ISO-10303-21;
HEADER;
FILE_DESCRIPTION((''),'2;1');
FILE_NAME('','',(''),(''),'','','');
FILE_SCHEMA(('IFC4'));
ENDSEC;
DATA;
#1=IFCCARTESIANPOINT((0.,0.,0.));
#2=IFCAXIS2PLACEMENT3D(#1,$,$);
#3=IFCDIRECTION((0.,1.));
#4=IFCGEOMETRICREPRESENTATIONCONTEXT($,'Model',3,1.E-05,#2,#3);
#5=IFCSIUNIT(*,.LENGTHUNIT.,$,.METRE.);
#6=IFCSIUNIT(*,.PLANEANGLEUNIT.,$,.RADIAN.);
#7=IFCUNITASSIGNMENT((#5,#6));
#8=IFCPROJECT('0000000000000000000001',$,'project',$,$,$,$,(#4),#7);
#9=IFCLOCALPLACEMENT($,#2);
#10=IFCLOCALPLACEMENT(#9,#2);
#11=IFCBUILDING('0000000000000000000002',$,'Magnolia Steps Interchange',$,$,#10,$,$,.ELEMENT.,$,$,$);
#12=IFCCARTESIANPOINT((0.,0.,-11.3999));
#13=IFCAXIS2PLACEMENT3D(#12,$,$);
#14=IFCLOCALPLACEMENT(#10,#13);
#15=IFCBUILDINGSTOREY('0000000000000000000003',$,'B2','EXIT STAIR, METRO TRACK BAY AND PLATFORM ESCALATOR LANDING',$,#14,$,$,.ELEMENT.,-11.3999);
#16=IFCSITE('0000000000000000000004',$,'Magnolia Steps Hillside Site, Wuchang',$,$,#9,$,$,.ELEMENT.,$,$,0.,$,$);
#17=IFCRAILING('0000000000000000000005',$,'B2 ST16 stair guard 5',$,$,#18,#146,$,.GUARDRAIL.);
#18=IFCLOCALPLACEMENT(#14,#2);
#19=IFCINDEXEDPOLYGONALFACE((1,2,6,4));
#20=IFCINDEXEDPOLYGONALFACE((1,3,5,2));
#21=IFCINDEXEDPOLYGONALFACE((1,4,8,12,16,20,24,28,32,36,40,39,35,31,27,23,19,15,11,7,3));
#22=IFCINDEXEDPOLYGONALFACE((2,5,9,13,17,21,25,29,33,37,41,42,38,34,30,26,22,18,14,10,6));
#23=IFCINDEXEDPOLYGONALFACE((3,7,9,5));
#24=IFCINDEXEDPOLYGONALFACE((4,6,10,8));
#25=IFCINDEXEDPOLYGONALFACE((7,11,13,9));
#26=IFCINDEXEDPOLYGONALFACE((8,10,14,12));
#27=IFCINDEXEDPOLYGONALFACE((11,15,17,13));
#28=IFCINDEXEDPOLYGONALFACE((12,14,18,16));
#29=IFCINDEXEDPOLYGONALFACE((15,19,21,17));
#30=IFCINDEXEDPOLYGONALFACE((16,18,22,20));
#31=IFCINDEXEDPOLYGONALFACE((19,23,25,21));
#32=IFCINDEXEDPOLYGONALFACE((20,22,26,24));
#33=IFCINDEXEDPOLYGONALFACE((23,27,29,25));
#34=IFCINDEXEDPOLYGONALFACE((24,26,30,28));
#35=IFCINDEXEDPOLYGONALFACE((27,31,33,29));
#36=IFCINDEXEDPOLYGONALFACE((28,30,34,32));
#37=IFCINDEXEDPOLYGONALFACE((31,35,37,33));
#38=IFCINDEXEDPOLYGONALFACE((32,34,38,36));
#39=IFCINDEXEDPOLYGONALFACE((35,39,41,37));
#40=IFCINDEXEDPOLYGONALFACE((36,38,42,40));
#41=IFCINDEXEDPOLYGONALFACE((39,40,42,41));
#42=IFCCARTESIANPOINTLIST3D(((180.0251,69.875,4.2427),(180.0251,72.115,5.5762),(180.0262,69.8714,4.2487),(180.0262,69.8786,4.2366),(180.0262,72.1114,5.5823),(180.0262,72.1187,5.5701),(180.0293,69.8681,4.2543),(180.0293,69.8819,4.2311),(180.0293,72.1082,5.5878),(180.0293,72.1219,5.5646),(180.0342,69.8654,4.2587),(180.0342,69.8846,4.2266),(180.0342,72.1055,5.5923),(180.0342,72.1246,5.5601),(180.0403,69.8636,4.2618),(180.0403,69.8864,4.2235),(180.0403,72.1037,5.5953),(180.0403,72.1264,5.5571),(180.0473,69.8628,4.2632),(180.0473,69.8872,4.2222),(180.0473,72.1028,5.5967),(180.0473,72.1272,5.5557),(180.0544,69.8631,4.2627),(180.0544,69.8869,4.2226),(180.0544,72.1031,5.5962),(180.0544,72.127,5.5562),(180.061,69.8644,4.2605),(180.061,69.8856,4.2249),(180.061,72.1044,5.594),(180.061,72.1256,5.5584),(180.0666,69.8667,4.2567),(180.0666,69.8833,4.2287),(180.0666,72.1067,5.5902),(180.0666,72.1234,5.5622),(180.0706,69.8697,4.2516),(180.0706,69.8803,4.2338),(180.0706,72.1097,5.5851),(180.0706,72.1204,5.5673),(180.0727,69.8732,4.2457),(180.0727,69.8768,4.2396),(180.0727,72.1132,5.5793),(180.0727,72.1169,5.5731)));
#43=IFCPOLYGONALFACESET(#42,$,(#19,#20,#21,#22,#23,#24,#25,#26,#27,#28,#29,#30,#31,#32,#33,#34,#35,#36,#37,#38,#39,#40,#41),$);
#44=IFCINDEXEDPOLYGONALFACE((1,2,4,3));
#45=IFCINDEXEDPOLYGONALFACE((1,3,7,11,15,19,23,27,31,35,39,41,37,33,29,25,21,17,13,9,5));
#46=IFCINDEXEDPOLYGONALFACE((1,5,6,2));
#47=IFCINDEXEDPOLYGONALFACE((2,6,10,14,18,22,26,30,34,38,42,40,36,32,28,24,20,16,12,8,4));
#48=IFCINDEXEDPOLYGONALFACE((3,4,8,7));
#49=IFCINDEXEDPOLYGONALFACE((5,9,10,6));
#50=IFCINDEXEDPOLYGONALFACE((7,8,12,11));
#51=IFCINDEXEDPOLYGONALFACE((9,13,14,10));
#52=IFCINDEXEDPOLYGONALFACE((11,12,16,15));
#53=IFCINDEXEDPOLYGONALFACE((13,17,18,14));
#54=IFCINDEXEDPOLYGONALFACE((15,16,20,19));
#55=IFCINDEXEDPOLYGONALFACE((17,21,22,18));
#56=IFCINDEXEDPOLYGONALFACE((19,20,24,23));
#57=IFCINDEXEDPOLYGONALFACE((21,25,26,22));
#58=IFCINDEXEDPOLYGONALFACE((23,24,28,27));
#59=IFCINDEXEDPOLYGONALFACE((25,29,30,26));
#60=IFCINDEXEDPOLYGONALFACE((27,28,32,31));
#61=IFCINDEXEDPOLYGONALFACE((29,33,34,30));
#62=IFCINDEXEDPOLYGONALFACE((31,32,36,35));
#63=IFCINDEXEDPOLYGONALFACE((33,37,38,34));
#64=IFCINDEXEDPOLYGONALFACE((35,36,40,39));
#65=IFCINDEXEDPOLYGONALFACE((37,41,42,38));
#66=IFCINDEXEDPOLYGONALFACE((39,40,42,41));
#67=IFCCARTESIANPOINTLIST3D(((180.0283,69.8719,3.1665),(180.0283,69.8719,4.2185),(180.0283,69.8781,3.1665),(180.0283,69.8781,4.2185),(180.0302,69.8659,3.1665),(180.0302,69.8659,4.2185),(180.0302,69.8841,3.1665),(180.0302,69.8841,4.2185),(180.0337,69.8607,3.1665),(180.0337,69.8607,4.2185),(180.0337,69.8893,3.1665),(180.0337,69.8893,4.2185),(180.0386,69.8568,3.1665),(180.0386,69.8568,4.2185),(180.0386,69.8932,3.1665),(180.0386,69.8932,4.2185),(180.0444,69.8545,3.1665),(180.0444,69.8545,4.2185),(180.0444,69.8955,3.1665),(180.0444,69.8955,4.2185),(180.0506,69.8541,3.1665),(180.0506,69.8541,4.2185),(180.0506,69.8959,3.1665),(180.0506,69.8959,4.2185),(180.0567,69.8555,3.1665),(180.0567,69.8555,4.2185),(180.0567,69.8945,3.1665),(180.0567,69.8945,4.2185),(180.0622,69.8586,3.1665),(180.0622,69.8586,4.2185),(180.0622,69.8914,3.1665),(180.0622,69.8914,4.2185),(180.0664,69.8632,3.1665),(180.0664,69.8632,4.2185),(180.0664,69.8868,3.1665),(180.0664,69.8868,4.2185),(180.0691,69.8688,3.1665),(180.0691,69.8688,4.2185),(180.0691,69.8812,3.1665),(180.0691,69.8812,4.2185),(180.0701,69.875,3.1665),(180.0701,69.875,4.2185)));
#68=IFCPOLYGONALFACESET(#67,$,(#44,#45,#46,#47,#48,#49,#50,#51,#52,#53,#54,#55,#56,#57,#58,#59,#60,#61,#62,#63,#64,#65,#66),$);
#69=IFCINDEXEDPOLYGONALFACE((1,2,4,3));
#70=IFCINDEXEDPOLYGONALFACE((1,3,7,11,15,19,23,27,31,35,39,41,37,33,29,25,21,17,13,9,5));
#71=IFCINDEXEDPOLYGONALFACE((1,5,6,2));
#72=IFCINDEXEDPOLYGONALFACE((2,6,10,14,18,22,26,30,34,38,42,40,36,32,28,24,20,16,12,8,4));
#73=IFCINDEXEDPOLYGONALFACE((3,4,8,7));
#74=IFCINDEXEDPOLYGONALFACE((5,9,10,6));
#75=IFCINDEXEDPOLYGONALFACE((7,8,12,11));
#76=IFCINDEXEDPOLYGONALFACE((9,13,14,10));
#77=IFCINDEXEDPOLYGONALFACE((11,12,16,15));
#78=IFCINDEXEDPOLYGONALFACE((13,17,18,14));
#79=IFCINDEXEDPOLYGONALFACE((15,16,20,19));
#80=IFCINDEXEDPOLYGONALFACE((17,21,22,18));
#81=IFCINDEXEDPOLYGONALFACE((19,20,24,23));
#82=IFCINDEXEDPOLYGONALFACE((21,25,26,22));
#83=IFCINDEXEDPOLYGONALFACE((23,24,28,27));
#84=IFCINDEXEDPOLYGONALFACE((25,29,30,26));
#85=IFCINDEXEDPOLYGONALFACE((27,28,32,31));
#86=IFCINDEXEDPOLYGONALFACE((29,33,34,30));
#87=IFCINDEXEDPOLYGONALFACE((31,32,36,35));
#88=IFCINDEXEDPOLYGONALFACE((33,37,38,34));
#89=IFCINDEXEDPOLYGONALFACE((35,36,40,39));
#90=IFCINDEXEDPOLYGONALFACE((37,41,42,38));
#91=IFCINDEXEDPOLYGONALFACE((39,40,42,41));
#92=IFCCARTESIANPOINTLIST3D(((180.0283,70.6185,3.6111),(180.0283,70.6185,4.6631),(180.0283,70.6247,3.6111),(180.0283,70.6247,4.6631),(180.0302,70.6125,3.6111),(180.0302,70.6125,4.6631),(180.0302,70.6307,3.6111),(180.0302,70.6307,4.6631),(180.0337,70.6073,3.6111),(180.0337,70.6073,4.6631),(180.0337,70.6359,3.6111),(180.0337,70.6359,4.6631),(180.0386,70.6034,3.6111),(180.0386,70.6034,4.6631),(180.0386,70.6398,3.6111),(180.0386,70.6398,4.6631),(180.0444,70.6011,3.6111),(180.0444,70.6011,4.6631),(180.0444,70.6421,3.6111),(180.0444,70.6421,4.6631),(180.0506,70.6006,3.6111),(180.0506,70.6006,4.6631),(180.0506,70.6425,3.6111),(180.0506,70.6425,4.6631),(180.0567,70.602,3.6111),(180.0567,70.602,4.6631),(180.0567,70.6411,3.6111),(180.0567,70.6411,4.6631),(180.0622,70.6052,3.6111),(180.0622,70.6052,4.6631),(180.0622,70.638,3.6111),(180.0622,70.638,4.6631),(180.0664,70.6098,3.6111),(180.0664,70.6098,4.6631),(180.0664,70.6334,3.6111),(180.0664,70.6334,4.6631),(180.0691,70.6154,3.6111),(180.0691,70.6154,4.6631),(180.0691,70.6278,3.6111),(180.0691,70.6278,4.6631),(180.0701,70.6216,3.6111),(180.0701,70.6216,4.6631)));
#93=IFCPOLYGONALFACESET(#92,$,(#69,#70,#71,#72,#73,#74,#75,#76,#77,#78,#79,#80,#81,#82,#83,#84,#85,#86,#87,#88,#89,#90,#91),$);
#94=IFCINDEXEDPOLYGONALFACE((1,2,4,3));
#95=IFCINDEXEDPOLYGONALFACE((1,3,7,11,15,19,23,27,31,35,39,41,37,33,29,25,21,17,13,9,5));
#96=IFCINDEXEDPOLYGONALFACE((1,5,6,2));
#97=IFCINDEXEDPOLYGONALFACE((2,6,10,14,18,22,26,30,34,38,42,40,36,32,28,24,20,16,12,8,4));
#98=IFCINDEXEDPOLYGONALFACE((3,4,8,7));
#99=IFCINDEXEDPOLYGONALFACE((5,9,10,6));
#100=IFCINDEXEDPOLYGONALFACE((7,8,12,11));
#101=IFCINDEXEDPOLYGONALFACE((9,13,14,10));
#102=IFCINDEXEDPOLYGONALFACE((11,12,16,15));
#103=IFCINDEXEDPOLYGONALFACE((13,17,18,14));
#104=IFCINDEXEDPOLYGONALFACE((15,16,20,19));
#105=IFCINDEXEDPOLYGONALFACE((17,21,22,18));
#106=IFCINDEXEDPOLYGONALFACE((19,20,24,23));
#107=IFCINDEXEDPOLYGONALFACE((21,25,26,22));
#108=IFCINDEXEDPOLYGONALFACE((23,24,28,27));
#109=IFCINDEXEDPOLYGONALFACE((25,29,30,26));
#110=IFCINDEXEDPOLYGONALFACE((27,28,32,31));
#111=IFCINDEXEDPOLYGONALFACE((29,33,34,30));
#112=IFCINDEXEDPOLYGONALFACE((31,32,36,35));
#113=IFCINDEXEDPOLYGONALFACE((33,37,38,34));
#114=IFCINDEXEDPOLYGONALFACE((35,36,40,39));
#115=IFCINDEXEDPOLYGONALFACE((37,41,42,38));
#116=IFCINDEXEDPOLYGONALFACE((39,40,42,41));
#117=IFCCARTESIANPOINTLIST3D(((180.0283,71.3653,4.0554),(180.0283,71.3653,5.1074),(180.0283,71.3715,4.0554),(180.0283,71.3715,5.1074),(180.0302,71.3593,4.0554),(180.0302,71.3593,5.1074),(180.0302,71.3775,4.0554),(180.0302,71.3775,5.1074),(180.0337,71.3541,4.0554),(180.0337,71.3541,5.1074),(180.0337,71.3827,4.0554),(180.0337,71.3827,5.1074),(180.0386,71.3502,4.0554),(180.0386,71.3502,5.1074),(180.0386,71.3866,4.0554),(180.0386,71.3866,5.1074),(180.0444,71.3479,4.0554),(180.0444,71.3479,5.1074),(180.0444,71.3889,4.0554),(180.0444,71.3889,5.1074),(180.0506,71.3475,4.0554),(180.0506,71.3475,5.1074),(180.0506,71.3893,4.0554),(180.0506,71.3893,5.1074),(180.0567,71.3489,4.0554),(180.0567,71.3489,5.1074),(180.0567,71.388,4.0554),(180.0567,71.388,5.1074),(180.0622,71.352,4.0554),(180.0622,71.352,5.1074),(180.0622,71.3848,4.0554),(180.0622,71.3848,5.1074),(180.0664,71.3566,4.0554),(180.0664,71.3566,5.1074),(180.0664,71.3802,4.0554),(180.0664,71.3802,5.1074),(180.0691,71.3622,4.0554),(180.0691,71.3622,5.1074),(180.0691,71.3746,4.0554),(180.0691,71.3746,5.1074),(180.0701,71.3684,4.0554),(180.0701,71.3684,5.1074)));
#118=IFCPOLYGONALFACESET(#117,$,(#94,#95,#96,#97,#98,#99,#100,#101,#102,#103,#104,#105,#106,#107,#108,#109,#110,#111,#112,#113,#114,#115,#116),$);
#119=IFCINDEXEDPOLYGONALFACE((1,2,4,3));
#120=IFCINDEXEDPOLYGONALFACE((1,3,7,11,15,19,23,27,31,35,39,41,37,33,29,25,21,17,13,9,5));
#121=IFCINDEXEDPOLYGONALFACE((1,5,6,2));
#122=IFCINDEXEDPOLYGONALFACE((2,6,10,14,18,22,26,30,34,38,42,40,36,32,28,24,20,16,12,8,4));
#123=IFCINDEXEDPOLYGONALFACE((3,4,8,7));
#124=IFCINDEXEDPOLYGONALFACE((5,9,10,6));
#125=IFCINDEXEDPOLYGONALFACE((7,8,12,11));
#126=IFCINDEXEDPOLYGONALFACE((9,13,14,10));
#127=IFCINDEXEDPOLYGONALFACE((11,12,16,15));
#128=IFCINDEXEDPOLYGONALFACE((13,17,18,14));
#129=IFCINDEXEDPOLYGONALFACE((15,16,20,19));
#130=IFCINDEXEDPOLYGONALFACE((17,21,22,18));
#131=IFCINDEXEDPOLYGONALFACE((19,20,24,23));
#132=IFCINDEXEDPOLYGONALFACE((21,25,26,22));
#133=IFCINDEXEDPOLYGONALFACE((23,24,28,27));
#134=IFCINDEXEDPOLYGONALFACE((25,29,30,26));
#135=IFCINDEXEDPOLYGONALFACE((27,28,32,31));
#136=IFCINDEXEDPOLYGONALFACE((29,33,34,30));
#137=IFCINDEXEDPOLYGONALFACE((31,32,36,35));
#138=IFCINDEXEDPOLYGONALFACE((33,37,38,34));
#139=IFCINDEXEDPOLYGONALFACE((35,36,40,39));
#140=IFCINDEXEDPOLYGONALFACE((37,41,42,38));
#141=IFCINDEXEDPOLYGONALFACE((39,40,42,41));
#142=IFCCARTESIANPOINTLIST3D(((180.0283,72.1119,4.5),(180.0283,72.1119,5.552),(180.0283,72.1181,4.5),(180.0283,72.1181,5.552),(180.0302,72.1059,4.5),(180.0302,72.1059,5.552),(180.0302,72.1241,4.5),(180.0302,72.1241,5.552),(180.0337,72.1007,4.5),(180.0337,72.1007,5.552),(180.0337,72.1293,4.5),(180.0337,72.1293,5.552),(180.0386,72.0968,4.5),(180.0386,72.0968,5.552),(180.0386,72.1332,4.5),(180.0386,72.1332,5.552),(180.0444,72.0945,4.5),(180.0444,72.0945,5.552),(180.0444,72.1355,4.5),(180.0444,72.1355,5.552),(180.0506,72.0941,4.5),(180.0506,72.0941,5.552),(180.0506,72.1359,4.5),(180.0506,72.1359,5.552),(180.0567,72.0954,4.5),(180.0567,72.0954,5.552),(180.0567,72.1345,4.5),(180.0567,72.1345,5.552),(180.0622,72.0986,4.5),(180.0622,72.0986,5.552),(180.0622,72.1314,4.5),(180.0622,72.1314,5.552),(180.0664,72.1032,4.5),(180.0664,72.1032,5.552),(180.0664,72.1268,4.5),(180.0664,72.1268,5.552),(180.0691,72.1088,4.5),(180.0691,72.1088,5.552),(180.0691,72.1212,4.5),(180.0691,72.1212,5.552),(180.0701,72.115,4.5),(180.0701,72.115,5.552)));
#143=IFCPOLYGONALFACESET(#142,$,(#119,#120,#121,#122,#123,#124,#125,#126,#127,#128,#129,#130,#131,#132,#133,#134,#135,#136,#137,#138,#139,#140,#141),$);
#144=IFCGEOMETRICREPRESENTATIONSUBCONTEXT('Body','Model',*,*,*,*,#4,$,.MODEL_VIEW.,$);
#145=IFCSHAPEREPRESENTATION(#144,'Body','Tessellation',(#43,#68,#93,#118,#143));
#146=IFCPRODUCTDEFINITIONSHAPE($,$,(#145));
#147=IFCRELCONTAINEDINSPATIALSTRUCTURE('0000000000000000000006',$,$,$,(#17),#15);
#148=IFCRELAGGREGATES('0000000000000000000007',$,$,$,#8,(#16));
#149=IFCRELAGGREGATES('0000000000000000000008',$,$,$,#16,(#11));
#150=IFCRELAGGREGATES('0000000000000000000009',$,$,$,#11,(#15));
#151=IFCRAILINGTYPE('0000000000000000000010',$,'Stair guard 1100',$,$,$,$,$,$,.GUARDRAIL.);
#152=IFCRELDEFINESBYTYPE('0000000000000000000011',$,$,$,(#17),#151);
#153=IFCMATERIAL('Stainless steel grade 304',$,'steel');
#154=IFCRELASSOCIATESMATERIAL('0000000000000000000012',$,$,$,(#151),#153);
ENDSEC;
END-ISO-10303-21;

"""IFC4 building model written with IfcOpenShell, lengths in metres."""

from ifc_helpers import new_model, si_unit, direction, frame, origin, origin_2d, place, context, subcontext, project, spatial, circle, extrude, material, type_object, element, save


model = new_model("IFC4")

# Units and contexts
model_context = context("Model", 3, precision=1e-05, world=origin(), true_north=direction((0.0, 1.0)))
body_context = subcontext(model_context, "Body", "Model", "MODEL_VIEW")
ifc_project = project(units=[si_unit("LENGTHUNIT", "METRE"), si_unit("PLANEANGLEUNIT", "RADIAN")], contexts=[model_context])

# Site, building, storey
site_placement = place(None, origin())
site = spatial("IfcSite", under=ifc_project, at=site_placement, Name="Magnolia Steps Hillside Site, Wuchang", CompositionType="ELEMENT", RefElevation=0.0)
building_placement = place(site_placement, origin())
building = spatial("IfcBuilding", under=site, at=building_placement, Name="Magnolia Steps Interchange", CompositionType="ELEMENT")
storey_placement = place(building_placement, frame((0.0, 0.0, -11.3999)))
storey = spatial("IfcBuildingStorey", under=building, at=storey_placement, Name="B2", Description="EXIT STAIR, METRO TRACK BAY AND PLATFORM ESCALATOR LANDING", CompositionType="ELEMENT", Elevation=-11.3999)

# Railing
ifc_material_1 = material(Name="Stainless steel grade 304", Category="steel")
railing_type_1 = type_object("IfcRailingType", Name="Stair guard 1100", PredefinedType="GUARDRAIL", material=ifc_material_1)
railing_1_placement = place(storey_placement, frame((180.0491, 69.875, 3.1665)))
element("IfcRailing", 1, at=railing_1_placement, inside=storey, type_object=railing_type_1, Name="B2 ST16 stair guard 5", PredefinedType="GUARDRAIL", context=body_context, shape_type="SweptSolid", body=[
    extrude(circle(Radius=0.0239, at=origin_2d()), frame((0.0, 0.0, 1.0762), z_axis=(0.0, 0.859264, 0.511532), x_axis=(-1.0, 0.0, 0.0)), (0.0, 0.0, 1.0), 2.6069),
    extrude(circle(Radius=0.021, at=origin_2d()), origin(), (0.0, 0.0, 1.0), 1.052),
    extrude(circle(Radius=0.021, at=origin_2d()), frame((0.0, 0.7466, 0.4446)), (0.0, 0.0, 1.0), 1.052),
    extrude(circle(Radius=0.021, at=origin_2d()), frame((0.0, 1.4934, 0.8889)), (0.0, 0.0, 1.0), 1.052),
    extrude(circle(Radius=0.021, at=origin_2d()), frame((0.0, 2.24, 1.3335)), (0.0, 0.0, 1.0), 1.052),
])

save(model, "model.ifc")
